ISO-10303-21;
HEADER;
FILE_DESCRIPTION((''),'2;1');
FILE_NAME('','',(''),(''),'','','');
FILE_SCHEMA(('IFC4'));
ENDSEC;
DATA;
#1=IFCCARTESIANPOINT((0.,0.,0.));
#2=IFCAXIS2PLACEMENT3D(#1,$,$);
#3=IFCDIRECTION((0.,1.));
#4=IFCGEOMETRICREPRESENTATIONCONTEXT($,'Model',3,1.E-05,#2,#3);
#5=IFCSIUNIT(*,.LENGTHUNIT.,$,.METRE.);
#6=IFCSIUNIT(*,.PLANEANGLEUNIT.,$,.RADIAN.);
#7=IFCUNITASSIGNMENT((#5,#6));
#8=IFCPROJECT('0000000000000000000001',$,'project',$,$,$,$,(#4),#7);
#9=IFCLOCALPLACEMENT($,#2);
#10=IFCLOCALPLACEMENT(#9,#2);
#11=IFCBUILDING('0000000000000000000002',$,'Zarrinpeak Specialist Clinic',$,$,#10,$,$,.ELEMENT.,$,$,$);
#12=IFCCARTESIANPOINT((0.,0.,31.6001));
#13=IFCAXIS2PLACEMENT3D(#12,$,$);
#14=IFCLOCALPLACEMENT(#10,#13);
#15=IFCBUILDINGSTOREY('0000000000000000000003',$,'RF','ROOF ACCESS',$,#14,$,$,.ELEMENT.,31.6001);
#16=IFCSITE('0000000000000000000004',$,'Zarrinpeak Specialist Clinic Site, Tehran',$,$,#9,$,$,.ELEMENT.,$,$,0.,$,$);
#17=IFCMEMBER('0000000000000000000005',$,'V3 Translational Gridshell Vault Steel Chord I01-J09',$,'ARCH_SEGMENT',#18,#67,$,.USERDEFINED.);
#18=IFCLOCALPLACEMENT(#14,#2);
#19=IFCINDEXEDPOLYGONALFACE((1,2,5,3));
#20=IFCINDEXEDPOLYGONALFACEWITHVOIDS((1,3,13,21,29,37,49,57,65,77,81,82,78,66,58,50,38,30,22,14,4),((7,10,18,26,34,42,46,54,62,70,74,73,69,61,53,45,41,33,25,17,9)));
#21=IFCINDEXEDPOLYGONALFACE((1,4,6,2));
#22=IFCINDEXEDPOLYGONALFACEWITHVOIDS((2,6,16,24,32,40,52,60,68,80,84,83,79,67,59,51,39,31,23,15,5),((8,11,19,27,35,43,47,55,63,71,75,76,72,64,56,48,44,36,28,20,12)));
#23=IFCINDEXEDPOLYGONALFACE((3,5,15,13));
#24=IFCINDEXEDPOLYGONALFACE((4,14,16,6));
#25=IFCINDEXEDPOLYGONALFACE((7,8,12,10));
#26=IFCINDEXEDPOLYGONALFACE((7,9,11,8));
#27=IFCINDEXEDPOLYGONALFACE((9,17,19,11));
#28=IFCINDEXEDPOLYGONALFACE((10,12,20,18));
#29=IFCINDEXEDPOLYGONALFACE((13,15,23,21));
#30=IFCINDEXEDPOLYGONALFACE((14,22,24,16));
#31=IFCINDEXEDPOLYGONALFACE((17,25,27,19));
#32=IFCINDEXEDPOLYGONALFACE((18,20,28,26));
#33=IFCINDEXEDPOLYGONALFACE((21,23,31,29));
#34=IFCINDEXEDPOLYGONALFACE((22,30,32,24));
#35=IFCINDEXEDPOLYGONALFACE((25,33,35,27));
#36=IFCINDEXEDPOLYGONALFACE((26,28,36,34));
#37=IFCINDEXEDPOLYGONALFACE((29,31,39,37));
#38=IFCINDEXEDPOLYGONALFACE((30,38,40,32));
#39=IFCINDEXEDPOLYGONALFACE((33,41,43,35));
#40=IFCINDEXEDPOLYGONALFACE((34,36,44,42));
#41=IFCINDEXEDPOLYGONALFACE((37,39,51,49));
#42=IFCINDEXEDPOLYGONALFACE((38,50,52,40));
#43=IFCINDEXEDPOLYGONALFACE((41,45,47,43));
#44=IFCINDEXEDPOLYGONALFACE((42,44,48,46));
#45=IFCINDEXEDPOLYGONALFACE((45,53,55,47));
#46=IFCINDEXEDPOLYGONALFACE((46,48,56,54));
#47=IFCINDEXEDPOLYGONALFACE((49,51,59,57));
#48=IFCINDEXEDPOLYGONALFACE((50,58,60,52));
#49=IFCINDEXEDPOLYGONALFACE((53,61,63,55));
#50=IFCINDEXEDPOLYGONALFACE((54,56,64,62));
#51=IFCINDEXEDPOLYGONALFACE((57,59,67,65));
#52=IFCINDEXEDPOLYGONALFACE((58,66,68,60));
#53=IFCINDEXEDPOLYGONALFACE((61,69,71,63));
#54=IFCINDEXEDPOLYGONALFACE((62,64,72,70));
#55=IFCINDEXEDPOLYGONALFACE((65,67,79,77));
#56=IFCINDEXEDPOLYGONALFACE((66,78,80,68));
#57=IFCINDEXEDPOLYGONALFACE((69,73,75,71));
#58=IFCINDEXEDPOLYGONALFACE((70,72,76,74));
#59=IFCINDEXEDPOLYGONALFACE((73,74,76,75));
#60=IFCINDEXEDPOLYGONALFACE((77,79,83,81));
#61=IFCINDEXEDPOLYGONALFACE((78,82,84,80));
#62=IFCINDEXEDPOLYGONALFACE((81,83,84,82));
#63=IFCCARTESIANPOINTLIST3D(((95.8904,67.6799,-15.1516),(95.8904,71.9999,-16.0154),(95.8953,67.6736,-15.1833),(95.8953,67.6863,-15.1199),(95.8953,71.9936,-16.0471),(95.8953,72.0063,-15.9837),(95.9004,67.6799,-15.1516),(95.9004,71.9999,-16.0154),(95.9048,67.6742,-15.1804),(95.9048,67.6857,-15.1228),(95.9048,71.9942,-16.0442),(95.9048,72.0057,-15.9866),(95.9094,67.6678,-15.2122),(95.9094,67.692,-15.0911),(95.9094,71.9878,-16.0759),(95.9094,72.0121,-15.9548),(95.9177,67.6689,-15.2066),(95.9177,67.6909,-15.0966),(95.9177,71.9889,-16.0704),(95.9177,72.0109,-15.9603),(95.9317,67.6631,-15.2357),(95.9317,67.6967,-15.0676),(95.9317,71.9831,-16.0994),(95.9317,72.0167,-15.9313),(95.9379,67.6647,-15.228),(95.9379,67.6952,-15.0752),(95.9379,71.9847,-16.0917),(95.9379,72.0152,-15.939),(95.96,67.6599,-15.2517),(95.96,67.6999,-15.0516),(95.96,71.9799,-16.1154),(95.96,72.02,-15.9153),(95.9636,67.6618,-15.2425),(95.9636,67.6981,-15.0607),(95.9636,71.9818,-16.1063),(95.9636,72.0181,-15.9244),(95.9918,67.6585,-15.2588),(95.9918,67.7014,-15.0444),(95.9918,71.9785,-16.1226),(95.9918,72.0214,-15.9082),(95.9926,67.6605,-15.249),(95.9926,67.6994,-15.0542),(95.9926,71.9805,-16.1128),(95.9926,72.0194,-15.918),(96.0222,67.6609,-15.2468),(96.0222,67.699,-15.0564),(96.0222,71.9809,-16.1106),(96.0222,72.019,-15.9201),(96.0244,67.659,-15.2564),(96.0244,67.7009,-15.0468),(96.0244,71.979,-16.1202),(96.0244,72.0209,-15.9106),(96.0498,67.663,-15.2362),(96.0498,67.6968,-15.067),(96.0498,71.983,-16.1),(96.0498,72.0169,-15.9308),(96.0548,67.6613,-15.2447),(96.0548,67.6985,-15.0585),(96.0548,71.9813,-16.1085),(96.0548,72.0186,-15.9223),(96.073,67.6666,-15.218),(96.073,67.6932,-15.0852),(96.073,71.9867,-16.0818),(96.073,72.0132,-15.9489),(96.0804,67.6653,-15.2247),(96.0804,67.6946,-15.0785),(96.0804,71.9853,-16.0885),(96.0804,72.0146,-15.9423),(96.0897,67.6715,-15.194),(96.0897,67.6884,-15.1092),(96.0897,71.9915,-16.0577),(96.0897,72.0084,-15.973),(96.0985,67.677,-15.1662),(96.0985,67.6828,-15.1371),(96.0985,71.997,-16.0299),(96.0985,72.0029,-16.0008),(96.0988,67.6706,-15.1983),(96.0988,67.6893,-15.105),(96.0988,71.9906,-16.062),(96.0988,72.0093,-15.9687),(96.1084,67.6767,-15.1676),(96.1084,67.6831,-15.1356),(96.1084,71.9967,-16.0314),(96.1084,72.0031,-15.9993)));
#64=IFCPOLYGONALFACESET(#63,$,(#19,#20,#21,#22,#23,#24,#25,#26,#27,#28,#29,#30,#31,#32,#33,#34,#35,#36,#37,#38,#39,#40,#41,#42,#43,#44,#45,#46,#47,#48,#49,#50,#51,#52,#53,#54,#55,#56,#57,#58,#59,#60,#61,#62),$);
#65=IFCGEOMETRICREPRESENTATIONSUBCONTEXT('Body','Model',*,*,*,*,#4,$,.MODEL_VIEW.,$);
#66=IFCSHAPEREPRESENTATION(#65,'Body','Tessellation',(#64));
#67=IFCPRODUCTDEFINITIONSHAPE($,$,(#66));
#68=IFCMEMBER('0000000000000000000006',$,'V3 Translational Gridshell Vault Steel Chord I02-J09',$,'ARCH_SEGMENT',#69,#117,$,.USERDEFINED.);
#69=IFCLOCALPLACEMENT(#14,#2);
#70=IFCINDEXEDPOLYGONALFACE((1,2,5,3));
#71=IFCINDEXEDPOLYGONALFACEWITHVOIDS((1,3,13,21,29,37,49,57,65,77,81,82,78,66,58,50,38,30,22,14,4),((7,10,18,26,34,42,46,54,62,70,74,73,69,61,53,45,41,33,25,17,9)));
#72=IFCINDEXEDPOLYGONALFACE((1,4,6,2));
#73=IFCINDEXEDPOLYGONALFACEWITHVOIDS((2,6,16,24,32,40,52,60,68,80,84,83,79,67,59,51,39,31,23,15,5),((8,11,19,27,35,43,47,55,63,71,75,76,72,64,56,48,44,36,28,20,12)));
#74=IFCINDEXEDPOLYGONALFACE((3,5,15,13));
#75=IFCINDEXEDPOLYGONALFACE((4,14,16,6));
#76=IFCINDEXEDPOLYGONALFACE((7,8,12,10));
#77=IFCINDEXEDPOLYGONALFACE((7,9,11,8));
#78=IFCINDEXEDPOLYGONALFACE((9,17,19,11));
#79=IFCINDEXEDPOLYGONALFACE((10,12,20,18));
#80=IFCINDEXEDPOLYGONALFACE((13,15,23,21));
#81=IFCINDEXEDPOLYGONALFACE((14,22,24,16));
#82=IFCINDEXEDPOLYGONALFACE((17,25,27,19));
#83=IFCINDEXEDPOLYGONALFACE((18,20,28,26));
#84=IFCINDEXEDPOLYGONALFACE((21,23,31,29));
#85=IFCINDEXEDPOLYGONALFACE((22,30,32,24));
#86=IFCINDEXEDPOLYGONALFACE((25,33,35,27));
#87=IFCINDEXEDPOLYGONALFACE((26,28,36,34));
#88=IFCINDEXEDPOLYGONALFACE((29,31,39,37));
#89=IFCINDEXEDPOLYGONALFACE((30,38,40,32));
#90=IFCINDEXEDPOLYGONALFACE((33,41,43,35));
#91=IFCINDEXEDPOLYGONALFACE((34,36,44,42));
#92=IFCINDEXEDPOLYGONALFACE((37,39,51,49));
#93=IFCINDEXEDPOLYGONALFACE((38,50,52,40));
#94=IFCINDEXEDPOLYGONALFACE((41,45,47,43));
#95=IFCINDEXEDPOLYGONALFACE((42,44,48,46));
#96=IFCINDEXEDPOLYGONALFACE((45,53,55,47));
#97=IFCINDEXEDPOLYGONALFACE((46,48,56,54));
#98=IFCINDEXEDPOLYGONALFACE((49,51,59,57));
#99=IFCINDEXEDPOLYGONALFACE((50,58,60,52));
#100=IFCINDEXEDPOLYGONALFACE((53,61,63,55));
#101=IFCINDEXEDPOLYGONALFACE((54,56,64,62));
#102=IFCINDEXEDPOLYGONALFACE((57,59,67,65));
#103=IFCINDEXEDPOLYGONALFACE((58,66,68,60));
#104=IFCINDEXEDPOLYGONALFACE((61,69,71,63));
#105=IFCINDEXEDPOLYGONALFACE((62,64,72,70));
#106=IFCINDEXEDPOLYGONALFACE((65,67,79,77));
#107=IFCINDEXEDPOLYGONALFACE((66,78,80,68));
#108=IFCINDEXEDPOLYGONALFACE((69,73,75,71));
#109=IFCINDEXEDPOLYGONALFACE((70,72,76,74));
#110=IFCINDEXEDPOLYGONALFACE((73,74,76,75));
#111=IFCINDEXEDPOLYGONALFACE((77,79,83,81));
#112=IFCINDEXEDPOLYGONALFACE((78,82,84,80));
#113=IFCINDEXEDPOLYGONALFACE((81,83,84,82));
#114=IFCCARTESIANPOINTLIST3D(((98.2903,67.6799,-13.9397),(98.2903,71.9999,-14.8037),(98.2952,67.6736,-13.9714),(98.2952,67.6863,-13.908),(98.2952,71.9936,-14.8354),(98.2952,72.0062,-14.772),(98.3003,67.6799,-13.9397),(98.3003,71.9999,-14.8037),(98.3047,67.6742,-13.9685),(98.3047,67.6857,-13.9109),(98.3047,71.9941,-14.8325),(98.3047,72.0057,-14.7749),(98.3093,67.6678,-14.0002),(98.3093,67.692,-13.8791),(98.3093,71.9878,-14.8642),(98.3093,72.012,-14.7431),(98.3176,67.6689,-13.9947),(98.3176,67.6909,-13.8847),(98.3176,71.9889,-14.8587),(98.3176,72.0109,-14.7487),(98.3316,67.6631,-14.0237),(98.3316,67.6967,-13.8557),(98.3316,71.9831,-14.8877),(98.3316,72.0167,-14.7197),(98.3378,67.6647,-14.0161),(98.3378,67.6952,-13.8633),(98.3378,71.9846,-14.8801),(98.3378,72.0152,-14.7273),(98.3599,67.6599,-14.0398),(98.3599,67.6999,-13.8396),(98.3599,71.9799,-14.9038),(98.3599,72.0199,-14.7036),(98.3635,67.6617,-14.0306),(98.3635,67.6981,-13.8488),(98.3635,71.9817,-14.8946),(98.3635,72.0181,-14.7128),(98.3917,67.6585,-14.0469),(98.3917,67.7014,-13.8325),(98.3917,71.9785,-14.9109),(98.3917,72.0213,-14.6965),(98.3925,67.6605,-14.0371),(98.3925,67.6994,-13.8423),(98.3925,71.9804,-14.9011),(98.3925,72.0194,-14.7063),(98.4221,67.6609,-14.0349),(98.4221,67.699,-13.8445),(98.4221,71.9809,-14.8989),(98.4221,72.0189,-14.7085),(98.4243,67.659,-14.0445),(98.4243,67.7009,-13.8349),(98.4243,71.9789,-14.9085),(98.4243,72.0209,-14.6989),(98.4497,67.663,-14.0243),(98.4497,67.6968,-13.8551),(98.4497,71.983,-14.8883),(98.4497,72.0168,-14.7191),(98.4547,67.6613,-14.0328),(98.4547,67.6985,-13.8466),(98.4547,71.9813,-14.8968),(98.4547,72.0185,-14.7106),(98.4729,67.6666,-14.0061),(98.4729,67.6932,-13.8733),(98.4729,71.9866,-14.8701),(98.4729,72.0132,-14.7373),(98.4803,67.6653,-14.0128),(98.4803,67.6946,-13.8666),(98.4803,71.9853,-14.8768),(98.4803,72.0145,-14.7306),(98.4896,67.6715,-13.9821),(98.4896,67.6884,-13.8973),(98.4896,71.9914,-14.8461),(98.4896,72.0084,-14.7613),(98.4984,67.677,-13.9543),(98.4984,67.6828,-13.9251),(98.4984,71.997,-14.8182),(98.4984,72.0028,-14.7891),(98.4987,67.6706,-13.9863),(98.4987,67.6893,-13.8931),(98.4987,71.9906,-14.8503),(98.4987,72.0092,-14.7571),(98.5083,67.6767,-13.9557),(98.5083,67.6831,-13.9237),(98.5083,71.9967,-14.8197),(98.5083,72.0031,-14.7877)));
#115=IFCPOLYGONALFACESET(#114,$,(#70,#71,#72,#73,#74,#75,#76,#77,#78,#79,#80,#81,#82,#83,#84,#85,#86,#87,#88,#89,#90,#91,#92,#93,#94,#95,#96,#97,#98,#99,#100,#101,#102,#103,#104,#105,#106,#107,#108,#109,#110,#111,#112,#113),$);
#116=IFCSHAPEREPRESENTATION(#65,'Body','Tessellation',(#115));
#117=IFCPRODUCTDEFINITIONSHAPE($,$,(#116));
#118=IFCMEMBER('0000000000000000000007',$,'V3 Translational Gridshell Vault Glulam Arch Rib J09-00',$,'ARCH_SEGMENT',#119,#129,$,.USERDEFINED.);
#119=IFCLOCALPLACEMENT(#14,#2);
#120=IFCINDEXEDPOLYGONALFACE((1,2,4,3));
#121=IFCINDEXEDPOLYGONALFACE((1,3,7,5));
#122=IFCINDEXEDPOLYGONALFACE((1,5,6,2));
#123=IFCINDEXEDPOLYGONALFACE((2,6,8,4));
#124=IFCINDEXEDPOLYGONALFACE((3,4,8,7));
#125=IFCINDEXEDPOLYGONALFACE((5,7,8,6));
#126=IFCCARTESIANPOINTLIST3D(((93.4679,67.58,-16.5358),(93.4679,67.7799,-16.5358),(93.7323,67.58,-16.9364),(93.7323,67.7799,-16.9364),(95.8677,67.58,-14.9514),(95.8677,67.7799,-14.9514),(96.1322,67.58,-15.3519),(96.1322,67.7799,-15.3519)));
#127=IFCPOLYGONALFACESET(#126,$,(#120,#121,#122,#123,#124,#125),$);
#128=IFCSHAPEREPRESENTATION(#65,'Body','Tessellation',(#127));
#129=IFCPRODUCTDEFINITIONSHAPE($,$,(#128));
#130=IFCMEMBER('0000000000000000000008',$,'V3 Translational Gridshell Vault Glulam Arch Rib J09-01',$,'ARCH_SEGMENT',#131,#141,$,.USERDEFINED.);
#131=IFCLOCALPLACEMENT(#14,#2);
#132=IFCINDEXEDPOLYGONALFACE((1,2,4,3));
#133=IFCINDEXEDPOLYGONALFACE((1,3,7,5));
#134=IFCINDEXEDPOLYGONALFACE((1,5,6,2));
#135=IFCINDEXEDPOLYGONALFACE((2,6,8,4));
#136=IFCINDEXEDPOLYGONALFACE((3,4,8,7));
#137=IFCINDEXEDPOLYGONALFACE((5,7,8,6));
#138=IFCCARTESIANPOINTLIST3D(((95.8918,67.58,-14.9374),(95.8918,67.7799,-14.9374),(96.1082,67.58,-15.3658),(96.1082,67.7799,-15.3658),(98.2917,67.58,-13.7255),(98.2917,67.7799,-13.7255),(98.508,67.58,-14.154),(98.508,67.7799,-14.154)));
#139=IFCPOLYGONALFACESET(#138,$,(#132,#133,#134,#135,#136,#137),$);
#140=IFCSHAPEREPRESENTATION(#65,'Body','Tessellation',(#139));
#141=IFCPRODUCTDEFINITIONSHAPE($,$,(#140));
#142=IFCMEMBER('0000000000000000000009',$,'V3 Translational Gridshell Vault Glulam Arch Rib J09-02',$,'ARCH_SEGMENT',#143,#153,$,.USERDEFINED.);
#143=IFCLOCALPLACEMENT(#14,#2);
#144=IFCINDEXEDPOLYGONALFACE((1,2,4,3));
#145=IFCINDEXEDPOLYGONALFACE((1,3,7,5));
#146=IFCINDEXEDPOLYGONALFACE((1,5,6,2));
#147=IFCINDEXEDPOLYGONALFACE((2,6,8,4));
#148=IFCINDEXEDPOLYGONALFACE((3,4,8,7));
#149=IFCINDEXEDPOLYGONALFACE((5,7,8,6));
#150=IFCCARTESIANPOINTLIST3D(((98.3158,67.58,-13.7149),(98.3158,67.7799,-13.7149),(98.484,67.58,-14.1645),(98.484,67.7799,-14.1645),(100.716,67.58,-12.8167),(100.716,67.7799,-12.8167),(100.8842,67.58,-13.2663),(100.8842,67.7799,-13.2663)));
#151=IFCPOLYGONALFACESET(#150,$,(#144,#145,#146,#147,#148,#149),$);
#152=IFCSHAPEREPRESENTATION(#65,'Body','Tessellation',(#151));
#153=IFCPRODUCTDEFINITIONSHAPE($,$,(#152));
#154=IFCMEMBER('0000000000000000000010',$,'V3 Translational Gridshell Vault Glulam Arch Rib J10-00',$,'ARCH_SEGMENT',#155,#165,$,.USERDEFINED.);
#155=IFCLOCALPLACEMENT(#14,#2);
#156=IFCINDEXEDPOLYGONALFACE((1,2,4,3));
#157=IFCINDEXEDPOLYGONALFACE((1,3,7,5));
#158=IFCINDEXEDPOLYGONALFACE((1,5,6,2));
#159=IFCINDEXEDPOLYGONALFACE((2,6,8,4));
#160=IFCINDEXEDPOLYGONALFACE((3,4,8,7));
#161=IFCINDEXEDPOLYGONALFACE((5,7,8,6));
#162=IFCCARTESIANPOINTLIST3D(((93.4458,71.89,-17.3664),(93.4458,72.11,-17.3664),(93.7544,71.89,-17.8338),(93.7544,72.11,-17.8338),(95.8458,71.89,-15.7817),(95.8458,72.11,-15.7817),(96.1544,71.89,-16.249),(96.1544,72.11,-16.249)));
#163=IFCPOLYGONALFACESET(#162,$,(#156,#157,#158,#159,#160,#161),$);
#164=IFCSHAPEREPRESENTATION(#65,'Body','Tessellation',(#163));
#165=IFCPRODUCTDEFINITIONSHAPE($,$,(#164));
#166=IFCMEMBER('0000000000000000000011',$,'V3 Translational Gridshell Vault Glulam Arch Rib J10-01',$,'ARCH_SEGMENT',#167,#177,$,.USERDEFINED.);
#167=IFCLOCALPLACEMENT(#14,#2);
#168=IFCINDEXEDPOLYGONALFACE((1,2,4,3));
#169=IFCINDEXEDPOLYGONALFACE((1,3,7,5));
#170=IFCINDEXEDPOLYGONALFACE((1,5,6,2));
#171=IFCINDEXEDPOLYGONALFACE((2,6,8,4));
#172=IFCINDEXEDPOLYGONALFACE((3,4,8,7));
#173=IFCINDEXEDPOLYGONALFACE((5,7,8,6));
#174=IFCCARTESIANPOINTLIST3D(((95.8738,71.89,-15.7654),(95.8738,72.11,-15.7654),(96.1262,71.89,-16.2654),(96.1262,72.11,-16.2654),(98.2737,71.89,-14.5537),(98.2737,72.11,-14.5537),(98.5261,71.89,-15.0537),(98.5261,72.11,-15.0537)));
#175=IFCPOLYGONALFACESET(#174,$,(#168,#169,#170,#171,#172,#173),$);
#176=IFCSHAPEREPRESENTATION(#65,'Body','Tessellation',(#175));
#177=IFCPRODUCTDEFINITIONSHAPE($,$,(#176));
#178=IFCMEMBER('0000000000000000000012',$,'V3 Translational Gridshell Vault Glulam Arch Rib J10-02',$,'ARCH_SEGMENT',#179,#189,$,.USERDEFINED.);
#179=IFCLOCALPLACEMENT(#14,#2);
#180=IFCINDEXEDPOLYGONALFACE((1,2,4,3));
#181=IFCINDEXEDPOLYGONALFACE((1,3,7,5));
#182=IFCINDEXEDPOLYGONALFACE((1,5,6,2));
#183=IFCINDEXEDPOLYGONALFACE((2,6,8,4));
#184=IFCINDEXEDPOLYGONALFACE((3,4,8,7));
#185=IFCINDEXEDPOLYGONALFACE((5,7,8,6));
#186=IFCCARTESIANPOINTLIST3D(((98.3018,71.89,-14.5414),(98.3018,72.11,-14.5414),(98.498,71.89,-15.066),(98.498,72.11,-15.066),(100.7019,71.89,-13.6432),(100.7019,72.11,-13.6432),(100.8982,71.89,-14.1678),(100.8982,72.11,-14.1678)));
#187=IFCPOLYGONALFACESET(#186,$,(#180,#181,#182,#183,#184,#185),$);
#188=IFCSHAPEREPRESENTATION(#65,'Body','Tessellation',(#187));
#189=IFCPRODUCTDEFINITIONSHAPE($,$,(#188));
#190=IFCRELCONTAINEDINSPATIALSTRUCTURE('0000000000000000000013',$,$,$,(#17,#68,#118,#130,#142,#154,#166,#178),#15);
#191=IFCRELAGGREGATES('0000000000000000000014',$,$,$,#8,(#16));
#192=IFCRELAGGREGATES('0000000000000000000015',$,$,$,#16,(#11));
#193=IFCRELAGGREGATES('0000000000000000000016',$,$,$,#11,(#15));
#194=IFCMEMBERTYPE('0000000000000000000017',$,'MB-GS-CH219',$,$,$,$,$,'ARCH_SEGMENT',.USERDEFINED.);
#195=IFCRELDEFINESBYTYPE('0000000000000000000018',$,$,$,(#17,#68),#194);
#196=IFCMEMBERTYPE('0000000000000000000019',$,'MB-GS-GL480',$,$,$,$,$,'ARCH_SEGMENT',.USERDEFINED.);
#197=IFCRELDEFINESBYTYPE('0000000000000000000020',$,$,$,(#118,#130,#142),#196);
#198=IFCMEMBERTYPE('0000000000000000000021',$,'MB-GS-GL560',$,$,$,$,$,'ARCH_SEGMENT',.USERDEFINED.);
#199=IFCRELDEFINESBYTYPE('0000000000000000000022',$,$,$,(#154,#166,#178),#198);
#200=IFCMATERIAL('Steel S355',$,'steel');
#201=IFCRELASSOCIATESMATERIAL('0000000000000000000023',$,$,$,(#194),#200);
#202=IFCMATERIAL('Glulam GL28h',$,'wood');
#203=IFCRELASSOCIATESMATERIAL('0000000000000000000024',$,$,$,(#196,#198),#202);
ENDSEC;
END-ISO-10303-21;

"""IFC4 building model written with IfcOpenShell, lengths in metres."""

from ifc_helpers import new_model, si_unit, direction, frame, origin, origin_2d, place, context, subcontext, project, spatial, rectangle, hollow_circle, extrude, material, material_profile, profile_set, type_object, element, save


model = new_model("IFC4")

# Units and contexts
model_context = context("Model", 3, precision=1e-05, world=origin(), true_north=direction((0.0, 1.0)))
body_context = subcontext(model_context, "Body", "Model", "MODEL_VIEW")
ifc_project = project(units=[si_unit("LENGTHUNIT", "METRE"), si_unit("PLANEANGLEUNIT", "RADIAN")], contexts=[model_context])

# Site, building, storey
site_placement = place(None, origin())
site = spatial("IfcSite", under=ifc_project, at=site_placement, Name="Zarrinpeak Specialist Clinic Site, Tehran", CompositionType="ELEMENT", RefElevation=0.0)
building_placement = place(site_placement, origin())
building = spatial("IfcBuilding", under=site, at=building_placement, Name="Zarrinpeak Specialist Clinic", CompositionType="ELEMENT")
storey_placement = place(building_placement, frame((0.0, 0.0, 31.6001)))
storey = spatial("IfcBuildingStorey", under=building, at=storey_placement, Name="RF", Description="ROOF ACCESS", CompositionType="ELEMENT", Elevation=31.6001)

# Members
ifc_material_1 = material(Name="Steel S355", Category="steel")
ifc_material_profile_1 = material_profile(ifc_material_1, hollow_circle(Radius=0.1096, WallThickness=0.01, at=origin_2d()), Name="CHS 219.1x10.0")
ifc_profile_set_1 = profile_set([ifc_material_profile_1], Name="Steel S355")
member_type_1 = type_object("IfcMemberType", Name="MB-GS-CH219", ElementType="ARCH_SEGMENT", PredefinedType="USERDEFINED", material=ifc_profile_set_1)
for number, where, z_axis, x_axis, name in (
    (1, (96.0, 67.6799, -15.1516), (0.0, 0.980591, -0.196063), (-1.0, 0.0, 0.0), "V3 Translational Gridshell Vault Steel Chord I01-J09"),
    (2, (98.3999, 67.6799, -13.9397), (0.0, 0.980581, -0.196116), (-1.0, 0.0, 0.0), "V3 Translational Gridshell Vault Steel Chord I02-J09"),
):
    element("IfcMember", number, at=place(storey_placement, frame(where, z_axis=z_axis, x_axis=x_axis)), inside=storey, type_object=member_type_1, Name=name, ObjectType="ARCH_SEGMENT", PredefinedType="USERDEFINED", context=body_context, shape_type="SweptSolid", body=[
        extrude(hollow_circle(Radius=0.1096, WallThickness=0.01, at=origin_2d()), origin(), (0.0, 0.0, 1.0), 4.4055),
    ])
ifc_material_2 = material(Name="Glulam GL28h", Category="wood")
ifc_material_profile_2 = material_profile(ifc_material_2, rectangle(XDim=0.2, YDim=0.48, at=origin_2d()), Name="GL28h 200x480")
ifc_profile_set_2 = profile_set([ifc_material_profile_2], Name="Glulam GL28h")
member_type_2 = type_object("IfcMemberType", Name="MB-GS-GL480", ElementType="ARCH_SEGMENT", PredefinedType="USERDEFINED", material=ifc_profile_set_2)
member_1_placement = place(storey_placement, frame((93.6001, 67.6799, -16.7361), z_axis=(0.834524, 0.0, 0.550972), x_axis=(0.0, 1.0, 0.0)))
element("IfcMember", 3, at=member_1_placement, inside=storey, type_object=member_type_2, Name="V3 Translational Gridshell Vault Glulam Arch Rib J09-00", ObjectType="ARCH_SEGMENT", PredefinedType="USERDEFINED", context=body_context, shape_type="SweptSolid", body=[
    extrude(rectangle(XDim=0.2, YDim=0.48, at=origin_2d()), origin(), (0.0, 0.0, 1.0), 2.8757),
])
member_2_placement = place(storey_placement, frame((96.0, 67.6799, -15.1516), z_axis=(0.89264, 0.0, 0.45077), x_axis=(0.0, 1.0, 0.0)))
element("IfcMember", 4, at=member_2_placement, inside=storey, type_object=member_type_2, Name="V3 Translational Gridshell Vault Glulam Arch Rib J09-01", ObjectType="ARCH_SEGMENT", PredefinedType="USERDEFINED", context=body_context, shape_type="SweptSolid", body=[
    extrude(rectangle(XDim=0.2, YDim=0.48, at=origin_2d()), origin(), (0.0, 0.0, 1.0), 2.6885),
])
member_3_placement = place(storey_placement, frame((98.3999, 67.6799, -13.9397), z_axis=(0.936568, 0.0, 0.350487), x_axis=(0.0, 1.0, 0.0)))
element("IfcMember", 5, at=member_3_placement, inside=storey, type_object=member_type_2, Name="V3 Translational Gridshell Vault Glulam Arch Rib J09-02", ObjectType="ARCH_SEGMENT", PredefinedType="USERDEFINED", context=body_context, shape_type="SweptSolid", body=[
    extrude(rectangle(XDim=0.2, YDim=0.48, at=origin_2d()), origin(), (0.0, 0.0, 1.0), 2.5627),
])
ifc_material_profile_3 = material_profile(ifc_material_2, rectangle(XDim=0.22, YDim=0.5601, at=origin_2d()), Name="GL28h 220x560")
ifc_profile_set_3 = profile_set([ifc_material_profile_3], Name="Glulam GL28h")
member_type_3 = type_object("IfcMemberType", Name="MB-GS-GL560", ElementType="ARCH_SEGMENT", PredefinedType="USERDEFINED", material=ifc_profile_set_3)
member_4_placement = place(storey_placement, frame((93.6001, 72.0, -17.6001), z_axis=(0.834484, 0.0, 0.551031), x_axis=(0.0, 1.0, 0.0)))
element("IfcMember", 6, at=member_4_placement, inside=storey, type_object=member_type_3, Name="V3 Translational Gridshell Vault Glulam Arch Rib J10-00", ObjectType="ARCH_SEGMENT", PredefinedType="USERDEFINED", context=body_context, shape_type="SweptSolid", body=[
    extrude(rectangle(XDim=0.22, YDim=0.5601, at=origin_2d()), origin(), (0.0, 0.0, 1.0), 2.876),
])
member_5_placement = place(storey_placement, frame((96.0, 72.0, -16.0154), z_axis=(0.892677, 0.0, 0.450697), x_axis=(0.0, 1.0, 0.0)))
element("IfcMember", 7, at=member_5_placement, inside=storey, type_object=member_type_3, Name="V3 Translational Gridshell Vault Glulam Arch Rib J10-01", ObjectType="ARCH_SEGMENT", PredefinedType="USERDEFINED", context=body_context, shape_type="SweptSolid", body=[
    extrude(rectangle(XDim=0.22, YDim=0.5601, at=origin_2d()), origin(), (0.0, 0.0, 1.0), 2.6885),
])
member_6_placement = place(storey_placement, frame((98.3999, 72.0, -14.8037), z_axis=(0.936568, 0.0, 0.350487), x_axis=(0.0, 1.0, 0.0)))
element("IfcMember", 8, at=member_6_placement, inside=storey, type_object=member_type_3, Name="V3 Translational Gridshell Vault Glulam Arch Rib J10-02", ObjectType="ARCH_SEGMENT", PredefinedType="USERDEFINED", context=body_context, shape_type="SweptSolid", body=[
    extrude(rectangle(XDim=0.22, YDim=0.5601, at=origin_2d()), origin(), (0.0, 0.0, 1.0), 2.5627),
])

save(model, "model.ifc")
